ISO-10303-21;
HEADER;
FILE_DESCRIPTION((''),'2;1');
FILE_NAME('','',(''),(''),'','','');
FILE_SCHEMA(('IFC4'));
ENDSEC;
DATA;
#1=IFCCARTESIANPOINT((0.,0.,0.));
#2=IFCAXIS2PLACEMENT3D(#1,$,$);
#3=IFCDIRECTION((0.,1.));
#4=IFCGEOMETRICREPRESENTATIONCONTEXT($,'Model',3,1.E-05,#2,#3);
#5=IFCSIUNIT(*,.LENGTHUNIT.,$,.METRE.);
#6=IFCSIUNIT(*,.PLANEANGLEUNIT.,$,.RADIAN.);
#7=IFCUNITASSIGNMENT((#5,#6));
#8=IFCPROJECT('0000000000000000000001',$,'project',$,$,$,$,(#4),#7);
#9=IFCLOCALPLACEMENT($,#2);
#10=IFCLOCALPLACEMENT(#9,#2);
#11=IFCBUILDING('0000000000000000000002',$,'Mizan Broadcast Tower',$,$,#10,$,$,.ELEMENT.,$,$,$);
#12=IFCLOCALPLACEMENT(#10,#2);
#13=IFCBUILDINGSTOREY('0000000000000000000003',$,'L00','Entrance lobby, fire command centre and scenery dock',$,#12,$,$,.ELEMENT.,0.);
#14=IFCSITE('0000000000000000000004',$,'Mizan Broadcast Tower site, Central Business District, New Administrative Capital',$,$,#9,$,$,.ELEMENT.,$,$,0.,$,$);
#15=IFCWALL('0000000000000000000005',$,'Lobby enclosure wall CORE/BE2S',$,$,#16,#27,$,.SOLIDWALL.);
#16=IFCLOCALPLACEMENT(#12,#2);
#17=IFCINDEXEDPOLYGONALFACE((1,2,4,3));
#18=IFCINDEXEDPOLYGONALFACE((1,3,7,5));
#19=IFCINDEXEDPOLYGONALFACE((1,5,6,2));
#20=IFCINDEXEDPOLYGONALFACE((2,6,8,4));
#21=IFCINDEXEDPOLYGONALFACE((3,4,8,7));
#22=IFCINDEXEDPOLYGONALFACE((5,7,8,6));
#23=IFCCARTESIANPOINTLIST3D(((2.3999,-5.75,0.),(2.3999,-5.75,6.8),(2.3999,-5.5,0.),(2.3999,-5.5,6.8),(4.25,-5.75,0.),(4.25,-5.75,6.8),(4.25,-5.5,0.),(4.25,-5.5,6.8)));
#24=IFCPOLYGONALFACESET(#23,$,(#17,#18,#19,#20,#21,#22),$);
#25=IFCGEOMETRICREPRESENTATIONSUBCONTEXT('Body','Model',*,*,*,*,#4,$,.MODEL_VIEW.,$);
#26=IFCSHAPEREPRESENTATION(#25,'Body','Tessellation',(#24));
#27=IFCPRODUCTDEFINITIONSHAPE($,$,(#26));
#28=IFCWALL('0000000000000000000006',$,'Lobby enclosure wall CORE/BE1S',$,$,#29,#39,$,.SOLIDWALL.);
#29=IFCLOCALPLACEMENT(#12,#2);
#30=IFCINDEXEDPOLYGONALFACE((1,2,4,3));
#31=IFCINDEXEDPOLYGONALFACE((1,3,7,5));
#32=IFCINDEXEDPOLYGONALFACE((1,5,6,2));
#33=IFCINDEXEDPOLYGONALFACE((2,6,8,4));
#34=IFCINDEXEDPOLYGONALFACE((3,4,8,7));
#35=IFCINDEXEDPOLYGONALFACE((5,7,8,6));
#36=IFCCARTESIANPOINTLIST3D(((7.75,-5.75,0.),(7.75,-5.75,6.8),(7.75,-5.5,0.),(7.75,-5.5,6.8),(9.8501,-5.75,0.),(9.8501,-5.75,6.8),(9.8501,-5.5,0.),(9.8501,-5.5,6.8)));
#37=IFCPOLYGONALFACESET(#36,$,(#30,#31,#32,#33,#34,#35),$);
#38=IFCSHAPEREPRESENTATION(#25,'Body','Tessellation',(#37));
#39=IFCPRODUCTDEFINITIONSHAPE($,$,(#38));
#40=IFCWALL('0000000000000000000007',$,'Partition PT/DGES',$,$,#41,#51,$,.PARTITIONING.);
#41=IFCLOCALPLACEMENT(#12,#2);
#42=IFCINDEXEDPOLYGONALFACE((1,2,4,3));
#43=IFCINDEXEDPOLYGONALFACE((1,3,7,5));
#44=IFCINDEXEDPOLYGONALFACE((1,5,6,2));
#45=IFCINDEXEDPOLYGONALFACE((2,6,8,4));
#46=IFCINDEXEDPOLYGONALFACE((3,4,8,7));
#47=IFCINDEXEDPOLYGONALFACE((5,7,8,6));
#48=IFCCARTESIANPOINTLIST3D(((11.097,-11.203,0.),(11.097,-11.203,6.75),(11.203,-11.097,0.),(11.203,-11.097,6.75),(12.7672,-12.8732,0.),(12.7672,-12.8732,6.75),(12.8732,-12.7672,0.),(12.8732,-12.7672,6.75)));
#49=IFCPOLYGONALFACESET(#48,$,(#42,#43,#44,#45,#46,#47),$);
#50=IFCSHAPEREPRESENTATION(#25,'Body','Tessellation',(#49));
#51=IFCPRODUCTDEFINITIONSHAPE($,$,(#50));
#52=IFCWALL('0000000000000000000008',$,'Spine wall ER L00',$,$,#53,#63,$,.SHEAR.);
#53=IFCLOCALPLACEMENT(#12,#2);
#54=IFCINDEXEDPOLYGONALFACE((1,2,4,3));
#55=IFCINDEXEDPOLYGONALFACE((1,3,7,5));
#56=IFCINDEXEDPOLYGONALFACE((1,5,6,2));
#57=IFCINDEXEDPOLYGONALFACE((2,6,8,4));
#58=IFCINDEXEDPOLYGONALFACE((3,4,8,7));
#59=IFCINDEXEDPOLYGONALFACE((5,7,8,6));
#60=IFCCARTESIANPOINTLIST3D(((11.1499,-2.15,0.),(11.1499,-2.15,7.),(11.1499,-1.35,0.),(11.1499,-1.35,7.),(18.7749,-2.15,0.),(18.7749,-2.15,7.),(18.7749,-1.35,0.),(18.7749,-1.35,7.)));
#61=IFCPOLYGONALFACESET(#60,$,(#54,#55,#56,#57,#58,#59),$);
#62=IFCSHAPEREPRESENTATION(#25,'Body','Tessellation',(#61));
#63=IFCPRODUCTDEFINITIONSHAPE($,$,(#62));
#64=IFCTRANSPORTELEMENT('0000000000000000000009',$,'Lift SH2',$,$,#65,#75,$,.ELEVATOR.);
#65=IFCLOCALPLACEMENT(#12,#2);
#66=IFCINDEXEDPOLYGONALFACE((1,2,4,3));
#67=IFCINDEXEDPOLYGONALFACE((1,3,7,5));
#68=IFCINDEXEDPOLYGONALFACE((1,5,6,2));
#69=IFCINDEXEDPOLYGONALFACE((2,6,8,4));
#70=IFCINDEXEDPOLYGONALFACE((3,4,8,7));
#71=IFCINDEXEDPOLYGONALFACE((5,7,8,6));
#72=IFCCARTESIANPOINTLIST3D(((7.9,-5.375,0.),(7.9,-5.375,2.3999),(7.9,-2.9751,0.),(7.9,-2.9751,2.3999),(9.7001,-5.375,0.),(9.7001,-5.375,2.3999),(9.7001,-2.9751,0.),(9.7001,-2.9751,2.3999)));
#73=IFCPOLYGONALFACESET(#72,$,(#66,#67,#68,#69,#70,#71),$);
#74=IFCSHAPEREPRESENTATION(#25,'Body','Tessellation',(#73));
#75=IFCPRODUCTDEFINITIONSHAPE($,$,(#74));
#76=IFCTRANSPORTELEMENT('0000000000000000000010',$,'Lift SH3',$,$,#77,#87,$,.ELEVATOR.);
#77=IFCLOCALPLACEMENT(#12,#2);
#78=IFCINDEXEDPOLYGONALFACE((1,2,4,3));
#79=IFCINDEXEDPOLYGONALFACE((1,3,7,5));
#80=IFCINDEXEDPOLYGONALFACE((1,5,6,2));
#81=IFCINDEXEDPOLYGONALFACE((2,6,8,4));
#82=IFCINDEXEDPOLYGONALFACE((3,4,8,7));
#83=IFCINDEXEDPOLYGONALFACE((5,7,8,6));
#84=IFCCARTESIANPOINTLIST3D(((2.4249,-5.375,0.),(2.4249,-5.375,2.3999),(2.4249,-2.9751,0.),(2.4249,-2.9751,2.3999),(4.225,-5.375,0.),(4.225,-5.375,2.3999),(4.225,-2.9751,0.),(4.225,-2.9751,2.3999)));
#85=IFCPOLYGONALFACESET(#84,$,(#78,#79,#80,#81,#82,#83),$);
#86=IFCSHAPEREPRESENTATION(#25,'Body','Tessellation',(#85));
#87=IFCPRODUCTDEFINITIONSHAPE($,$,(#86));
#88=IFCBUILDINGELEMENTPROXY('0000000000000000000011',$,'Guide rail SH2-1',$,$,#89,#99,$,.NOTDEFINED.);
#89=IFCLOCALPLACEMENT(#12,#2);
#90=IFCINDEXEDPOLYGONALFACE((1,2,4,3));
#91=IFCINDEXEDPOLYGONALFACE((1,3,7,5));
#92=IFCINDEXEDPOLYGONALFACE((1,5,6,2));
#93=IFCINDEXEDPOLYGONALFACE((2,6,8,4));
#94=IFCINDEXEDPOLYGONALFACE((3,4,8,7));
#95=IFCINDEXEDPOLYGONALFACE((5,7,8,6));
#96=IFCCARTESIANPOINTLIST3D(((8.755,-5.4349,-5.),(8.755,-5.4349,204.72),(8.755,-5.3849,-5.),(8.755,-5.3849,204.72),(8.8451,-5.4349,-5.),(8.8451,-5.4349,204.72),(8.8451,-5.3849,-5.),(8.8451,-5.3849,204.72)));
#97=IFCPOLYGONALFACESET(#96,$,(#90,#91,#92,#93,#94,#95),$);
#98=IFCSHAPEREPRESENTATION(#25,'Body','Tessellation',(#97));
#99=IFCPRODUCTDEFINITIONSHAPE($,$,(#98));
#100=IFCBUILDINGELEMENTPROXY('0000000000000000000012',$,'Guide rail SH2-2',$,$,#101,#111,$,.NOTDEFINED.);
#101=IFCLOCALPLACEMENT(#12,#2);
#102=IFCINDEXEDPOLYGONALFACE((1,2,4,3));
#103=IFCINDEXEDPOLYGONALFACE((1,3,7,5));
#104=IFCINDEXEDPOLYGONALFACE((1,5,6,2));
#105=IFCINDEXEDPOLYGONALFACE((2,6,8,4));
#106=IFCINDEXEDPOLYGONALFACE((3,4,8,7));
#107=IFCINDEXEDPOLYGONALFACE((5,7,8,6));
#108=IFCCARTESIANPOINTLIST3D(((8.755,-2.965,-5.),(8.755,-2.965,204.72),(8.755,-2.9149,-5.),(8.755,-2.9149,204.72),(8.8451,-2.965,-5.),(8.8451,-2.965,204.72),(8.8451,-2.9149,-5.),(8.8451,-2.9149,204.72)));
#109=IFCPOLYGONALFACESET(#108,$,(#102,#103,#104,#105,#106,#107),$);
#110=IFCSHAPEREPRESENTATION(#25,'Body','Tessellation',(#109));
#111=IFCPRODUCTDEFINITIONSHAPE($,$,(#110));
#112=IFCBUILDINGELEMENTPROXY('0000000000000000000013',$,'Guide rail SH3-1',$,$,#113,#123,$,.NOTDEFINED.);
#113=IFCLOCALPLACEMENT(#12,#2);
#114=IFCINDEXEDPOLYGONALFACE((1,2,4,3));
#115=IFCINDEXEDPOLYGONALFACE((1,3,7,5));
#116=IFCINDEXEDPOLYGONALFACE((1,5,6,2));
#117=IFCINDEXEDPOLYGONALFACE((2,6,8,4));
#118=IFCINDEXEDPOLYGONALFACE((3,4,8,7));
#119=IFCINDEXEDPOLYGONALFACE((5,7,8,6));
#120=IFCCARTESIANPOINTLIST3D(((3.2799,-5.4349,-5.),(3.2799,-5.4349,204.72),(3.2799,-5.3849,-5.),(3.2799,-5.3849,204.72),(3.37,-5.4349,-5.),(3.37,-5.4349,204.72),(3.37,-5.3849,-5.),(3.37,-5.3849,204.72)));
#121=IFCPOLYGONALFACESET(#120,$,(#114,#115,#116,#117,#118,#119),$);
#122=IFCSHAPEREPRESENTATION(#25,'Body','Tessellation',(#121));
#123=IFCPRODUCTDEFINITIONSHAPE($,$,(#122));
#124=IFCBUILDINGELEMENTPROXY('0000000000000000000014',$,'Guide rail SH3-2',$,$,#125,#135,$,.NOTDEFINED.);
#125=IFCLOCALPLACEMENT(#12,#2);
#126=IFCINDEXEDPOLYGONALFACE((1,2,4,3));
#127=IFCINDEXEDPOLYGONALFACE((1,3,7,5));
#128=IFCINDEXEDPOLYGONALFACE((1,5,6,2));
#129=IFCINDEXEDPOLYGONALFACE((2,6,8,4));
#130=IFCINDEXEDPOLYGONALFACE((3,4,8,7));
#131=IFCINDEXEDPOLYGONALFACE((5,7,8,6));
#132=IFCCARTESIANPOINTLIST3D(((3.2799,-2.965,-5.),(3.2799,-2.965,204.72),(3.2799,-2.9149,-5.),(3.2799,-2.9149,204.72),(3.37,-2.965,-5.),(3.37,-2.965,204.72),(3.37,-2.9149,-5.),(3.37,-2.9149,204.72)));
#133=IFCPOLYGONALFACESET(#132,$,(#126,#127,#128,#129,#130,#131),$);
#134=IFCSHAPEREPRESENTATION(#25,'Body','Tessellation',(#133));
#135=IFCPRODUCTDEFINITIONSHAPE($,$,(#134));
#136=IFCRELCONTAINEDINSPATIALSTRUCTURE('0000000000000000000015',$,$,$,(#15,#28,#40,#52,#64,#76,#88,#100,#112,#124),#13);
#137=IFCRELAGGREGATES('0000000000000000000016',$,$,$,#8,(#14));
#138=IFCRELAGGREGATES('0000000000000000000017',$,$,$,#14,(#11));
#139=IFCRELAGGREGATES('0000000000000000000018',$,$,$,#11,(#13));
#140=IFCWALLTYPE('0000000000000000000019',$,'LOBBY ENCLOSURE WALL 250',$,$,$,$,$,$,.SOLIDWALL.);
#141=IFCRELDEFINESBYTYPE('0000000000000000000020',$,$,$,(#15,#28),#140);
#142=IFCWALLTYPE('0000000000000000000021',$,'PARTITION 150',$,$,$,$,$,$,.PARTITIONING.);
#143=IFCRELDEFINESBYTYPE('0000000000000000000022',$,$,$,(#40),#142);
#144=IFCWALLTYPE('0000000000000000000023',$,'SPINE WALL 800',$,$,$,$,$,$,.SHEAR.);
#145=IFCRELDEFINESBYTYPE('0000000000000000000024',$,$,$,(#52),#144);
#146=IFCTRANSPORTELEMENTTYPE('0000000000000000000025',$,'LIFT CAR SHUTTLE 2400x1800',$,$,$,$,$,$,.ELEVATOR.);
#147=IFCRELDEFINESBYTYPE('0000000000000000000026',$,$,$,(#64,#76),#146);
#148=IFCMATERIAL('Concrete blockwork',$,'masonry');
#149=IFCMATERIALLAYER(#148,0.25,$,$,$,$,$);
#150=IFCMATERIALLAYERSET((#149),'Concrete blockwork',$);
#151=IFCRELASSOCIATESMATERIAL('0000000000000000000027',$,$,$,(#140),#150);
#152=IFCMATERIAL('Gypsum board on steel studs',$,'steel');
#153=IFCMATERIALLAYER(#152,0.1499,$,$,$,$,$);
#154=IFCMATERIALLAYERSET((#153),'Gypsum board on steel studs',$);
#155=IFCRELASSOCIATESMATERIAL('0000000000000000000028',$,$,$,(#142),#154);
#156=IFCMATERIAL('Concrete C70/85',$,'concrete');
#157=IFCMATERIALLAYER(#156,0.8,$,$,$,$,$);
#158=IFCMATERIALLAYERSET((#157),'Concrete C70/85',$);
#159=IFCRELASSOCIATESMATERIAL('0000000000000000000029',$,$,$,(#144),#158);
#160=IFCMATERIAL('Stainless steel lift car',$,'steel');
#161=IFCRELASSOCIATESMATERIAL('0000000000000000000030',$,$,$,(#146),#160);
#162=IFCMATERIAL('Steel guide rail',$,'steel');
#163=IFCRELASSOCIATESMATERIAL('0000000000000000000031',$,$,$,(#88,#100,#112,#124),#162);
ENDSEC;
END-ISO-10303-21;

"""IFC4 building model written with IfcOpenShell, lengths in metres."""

from ifc_helpers import new_model, si_unit, direction, frame, frame_2d, origin, origin_2d, place, context, subcontext, project, spatial, rectangle, extrude, material, layer, layer_set, type_object, element, save


model = new_model("IFC4")

# Units and contexts
model_context = context("Model", 3, precision=1e-05, world=origin(), true_north=direction((0.0, 1.0)))
body_context = subcontext(model_context, "Body", "Model", "MODEL_VIEW")
ifc_project = project(units=[si_unit("LENGTHUNIT", "METRE"), si_unit("PLANEANGLEUNIT", "RADIAN")], contexts=[model_context])

# Site, building, storey
site_placement = place(None, origin())
site = spatial("IfcSite", under=ifc_project, at=site_placement, Name="Mizan Broadcast Tower site, Central Business District, New Administrative Capital", CompositionType="ELEMENT", RefElevation=0.0)
building_placement = place(site_placement, origin())
building = spatial("IfcBuilding", under=site, at=building_placement, Name="Mizan Broadcast Tower", CompositionType="ELEMENT")
storey_placement = place(building_placement, origin())
storey = spatial("IfcBuildingStorey", under=building, at=storey_placement, Name="L00", Description="Entrance lobby, fire command centre and scenery dock", CompositionType="ELEMENT", Elevation=0.0)

# Walls
ifc_material_1 = material(Name="Concrete blockwork", Category="masonry")
ifc_layer_1 = layer(ifc_material_1, 0.25)
ifc_layer_set_1 = layer_set([ifc_layer_1], Name="Concrete blockwork")
wall_type_1 = type_object("IfcWallType", Name="LOBBY ENCLOSURE WALL 250", PredefinedType="SOLIDWALL", material=ifc_layer_set_1)
wall_1_placement = place(storey_placement, frame((2.3999, -5.625, 0.0), z_axis=(0.0, 0.0, 1.0), x_axis=(1.0, 0.0, 0.0)))
element("IfcWall", 1, at=wall_1_placement, inside=storey, type_object=wall_type_1, Name="Lobby enclosure wall CORE/BE2S", PredefinedType="SOLIDWALL", context=body_context, shape_type="SweptSolid", body=[
    extrude(rectangle(XDim=1.8501, YDim=0.25, at=frame_2d((0.925, 0.0))), origin(), (0.0, 0.0, 1.0), 6.8),
])
wall_2_placement = place(storey_placement, frame((7.75, -5.625, 0.0), z_axis=(0.0, 0.0, 1.0), x_axis=(1.0, 0.0, 0.0)))
element("IfcWall", 2, at=wall_2_placement, inside=storey, type_object=wall_type_1, Name="Lobby enclosure wall CORE/BE1S", PredefinedType="SOLIDWALL", context=body_context, shape_type="SweptSolid", body=[
    extrude(rectangle(XDim=2.1001, YDim=0.25, at=frame_2d((1.05, 0.0))), origin(), (0.0, 0.0, 1.0), 6.8),
])
ifc_material_2 = material(Name="Gypsum board on steel studs", Category="steel")
ifc_layer_2 = layer(ifc_material_2, 0.1499)
ifc_layer_set_2 = layer_set([ifc_layer_2], Name="Gypsum board on steel studs")
wall_type_2 = type_object("IfcWallType", Name="PARTITION 150", PredefinedType="PARTITIONING", material=ifc_layer_set_2)
wall_3_placement = place(storey_placement, frame((11.1499, -11.1499, 0.0), z_axis=(0.0, 0.0, 1.0), x_axis=(0.707107, -0.707107, 0.0)))
element("IfcWall", 3, at=wall_3_placement, inside=storey, type_object=wall_type_2, Name="Partition PT/DGES", PredefinedType="PARTITIONING", context=body_context, shape_type="SweptSolid", body=[
    extrude(rectangle(XDim=2.3621, YDim=0.1499, at=frame_2d((1.1812, 0.0))), origin(), (0.0, 0.0, 1.0), 6.75),
])
ifc_material_3 = material(Name="Concrete C70/85", Category="concrete")
ifc_layer_3 = layer(ifc_material_3, 0.8)
ifc_layer_set_3 = layer_set([ifc_layer_3], Name="Concrete C70/85")
wall_type_3 = type_object("IfcWallType", Name="SPINE WALL 800", PredefinedType="SHEAR", material=ifc_layer_set_3)
wall_4_placement = place(storey_placement, frame((11.1499, -1.75, 0.0), z_axis=(0.0, 0.0, 1.0), x_axis=(1.0, 0.0, 0.0)))
element("IfcWall", 4, at=wall_4_placement, inside=storey, type_object=wall_type_3, Name="Spine wall ER L00", PredefinedType="SHEAR", context=body_context, shape_type="SweptSolid", body=[
    extrude(rectangle(XDim=7.625, YDim=0.8, at=frame_2d((3.8125, 0.0))), origin(), (0.0, 0.0, 1.0), 7.0),
])

# Transport elements
ifc_material_4 = material(Name="Stainless steel lift car", Category="steel")
transport_element_type = type_object("IfcTransportElementType", Name="LIFT CAR SHUTTLE 2400x1800", PredefinedType="ELEVATOR", material=ifc_material_4)
for number, where, z_axis, x_axis, name in (
    (5, (8.8, -4.175, 0.0), (0.0, 0.0, 1.0), (1.0, 0.0, 0.0), "Lift SH2"),
    (6, (3.325, -4.175, 0.0), (0.0, 0.0, 1.0), (1.0, 0.0, 0.0), "Lift SH3"),
):
    element("IfcTransportElement", number, at=place(storey_placement, frame(where, z_axis=z_axis, x_axis=x_axis)), inside=storey, type_object=transport_element_type, Name=name, PredefinedType="ELEVATOR", context=body_context, shape_type="SweptSolid", body=[
        extrude(rectangle(XDim=1.8, YDim=2.3999, at=origin_2d()), origin(), (0.0, 0.0, 1.0), 2.3999),
    ])

# Building element proxies
ifc_material_5 = material(Name="Steel guide rail", Category="steel")
for number, where, z_axis, x_axis, name in (
    (7, (8.8, -5.4099, -5.0), (0.0, 0.0, 1.0), (1.0, 0.0, 0.0), "Guide rail SH2-1"),
    (8, (8.8, -2.9399, -5.0), (0.0, 0.0, 1.0), (1.0, 0.0, 0.0), "Guide rail SH2-2"),
    (9, (3.325, -5.4099, -5.0), (0.0, 0.0, 1.0), (1.0, 0.0, 0.0), "Guide rail SH3-1"),
    (10, (3.325, -2.9399, -5.0), (0.0, 0.0, 1.0), (1.0, 0.0, 0.0), "Guide rail SH3-2"),
):
    element("IfcBuildingElementProxy", number, at=place(storey_placement, frame(where, z_axis=z_axis, x_axis=x_axis)), inside=storey, material=ifc_material_5, Name=name, PredefinedType="NOTDEFINED", context=body_context, shape_type="SweptSolid", body=[
        extrude(rectangle(XDim=0.0901, YDim=0.05, at=origin_2d()), origin(), (0.0, 0.0, 1.0), 209.72),
    ])

save(model, "model.ifc")
